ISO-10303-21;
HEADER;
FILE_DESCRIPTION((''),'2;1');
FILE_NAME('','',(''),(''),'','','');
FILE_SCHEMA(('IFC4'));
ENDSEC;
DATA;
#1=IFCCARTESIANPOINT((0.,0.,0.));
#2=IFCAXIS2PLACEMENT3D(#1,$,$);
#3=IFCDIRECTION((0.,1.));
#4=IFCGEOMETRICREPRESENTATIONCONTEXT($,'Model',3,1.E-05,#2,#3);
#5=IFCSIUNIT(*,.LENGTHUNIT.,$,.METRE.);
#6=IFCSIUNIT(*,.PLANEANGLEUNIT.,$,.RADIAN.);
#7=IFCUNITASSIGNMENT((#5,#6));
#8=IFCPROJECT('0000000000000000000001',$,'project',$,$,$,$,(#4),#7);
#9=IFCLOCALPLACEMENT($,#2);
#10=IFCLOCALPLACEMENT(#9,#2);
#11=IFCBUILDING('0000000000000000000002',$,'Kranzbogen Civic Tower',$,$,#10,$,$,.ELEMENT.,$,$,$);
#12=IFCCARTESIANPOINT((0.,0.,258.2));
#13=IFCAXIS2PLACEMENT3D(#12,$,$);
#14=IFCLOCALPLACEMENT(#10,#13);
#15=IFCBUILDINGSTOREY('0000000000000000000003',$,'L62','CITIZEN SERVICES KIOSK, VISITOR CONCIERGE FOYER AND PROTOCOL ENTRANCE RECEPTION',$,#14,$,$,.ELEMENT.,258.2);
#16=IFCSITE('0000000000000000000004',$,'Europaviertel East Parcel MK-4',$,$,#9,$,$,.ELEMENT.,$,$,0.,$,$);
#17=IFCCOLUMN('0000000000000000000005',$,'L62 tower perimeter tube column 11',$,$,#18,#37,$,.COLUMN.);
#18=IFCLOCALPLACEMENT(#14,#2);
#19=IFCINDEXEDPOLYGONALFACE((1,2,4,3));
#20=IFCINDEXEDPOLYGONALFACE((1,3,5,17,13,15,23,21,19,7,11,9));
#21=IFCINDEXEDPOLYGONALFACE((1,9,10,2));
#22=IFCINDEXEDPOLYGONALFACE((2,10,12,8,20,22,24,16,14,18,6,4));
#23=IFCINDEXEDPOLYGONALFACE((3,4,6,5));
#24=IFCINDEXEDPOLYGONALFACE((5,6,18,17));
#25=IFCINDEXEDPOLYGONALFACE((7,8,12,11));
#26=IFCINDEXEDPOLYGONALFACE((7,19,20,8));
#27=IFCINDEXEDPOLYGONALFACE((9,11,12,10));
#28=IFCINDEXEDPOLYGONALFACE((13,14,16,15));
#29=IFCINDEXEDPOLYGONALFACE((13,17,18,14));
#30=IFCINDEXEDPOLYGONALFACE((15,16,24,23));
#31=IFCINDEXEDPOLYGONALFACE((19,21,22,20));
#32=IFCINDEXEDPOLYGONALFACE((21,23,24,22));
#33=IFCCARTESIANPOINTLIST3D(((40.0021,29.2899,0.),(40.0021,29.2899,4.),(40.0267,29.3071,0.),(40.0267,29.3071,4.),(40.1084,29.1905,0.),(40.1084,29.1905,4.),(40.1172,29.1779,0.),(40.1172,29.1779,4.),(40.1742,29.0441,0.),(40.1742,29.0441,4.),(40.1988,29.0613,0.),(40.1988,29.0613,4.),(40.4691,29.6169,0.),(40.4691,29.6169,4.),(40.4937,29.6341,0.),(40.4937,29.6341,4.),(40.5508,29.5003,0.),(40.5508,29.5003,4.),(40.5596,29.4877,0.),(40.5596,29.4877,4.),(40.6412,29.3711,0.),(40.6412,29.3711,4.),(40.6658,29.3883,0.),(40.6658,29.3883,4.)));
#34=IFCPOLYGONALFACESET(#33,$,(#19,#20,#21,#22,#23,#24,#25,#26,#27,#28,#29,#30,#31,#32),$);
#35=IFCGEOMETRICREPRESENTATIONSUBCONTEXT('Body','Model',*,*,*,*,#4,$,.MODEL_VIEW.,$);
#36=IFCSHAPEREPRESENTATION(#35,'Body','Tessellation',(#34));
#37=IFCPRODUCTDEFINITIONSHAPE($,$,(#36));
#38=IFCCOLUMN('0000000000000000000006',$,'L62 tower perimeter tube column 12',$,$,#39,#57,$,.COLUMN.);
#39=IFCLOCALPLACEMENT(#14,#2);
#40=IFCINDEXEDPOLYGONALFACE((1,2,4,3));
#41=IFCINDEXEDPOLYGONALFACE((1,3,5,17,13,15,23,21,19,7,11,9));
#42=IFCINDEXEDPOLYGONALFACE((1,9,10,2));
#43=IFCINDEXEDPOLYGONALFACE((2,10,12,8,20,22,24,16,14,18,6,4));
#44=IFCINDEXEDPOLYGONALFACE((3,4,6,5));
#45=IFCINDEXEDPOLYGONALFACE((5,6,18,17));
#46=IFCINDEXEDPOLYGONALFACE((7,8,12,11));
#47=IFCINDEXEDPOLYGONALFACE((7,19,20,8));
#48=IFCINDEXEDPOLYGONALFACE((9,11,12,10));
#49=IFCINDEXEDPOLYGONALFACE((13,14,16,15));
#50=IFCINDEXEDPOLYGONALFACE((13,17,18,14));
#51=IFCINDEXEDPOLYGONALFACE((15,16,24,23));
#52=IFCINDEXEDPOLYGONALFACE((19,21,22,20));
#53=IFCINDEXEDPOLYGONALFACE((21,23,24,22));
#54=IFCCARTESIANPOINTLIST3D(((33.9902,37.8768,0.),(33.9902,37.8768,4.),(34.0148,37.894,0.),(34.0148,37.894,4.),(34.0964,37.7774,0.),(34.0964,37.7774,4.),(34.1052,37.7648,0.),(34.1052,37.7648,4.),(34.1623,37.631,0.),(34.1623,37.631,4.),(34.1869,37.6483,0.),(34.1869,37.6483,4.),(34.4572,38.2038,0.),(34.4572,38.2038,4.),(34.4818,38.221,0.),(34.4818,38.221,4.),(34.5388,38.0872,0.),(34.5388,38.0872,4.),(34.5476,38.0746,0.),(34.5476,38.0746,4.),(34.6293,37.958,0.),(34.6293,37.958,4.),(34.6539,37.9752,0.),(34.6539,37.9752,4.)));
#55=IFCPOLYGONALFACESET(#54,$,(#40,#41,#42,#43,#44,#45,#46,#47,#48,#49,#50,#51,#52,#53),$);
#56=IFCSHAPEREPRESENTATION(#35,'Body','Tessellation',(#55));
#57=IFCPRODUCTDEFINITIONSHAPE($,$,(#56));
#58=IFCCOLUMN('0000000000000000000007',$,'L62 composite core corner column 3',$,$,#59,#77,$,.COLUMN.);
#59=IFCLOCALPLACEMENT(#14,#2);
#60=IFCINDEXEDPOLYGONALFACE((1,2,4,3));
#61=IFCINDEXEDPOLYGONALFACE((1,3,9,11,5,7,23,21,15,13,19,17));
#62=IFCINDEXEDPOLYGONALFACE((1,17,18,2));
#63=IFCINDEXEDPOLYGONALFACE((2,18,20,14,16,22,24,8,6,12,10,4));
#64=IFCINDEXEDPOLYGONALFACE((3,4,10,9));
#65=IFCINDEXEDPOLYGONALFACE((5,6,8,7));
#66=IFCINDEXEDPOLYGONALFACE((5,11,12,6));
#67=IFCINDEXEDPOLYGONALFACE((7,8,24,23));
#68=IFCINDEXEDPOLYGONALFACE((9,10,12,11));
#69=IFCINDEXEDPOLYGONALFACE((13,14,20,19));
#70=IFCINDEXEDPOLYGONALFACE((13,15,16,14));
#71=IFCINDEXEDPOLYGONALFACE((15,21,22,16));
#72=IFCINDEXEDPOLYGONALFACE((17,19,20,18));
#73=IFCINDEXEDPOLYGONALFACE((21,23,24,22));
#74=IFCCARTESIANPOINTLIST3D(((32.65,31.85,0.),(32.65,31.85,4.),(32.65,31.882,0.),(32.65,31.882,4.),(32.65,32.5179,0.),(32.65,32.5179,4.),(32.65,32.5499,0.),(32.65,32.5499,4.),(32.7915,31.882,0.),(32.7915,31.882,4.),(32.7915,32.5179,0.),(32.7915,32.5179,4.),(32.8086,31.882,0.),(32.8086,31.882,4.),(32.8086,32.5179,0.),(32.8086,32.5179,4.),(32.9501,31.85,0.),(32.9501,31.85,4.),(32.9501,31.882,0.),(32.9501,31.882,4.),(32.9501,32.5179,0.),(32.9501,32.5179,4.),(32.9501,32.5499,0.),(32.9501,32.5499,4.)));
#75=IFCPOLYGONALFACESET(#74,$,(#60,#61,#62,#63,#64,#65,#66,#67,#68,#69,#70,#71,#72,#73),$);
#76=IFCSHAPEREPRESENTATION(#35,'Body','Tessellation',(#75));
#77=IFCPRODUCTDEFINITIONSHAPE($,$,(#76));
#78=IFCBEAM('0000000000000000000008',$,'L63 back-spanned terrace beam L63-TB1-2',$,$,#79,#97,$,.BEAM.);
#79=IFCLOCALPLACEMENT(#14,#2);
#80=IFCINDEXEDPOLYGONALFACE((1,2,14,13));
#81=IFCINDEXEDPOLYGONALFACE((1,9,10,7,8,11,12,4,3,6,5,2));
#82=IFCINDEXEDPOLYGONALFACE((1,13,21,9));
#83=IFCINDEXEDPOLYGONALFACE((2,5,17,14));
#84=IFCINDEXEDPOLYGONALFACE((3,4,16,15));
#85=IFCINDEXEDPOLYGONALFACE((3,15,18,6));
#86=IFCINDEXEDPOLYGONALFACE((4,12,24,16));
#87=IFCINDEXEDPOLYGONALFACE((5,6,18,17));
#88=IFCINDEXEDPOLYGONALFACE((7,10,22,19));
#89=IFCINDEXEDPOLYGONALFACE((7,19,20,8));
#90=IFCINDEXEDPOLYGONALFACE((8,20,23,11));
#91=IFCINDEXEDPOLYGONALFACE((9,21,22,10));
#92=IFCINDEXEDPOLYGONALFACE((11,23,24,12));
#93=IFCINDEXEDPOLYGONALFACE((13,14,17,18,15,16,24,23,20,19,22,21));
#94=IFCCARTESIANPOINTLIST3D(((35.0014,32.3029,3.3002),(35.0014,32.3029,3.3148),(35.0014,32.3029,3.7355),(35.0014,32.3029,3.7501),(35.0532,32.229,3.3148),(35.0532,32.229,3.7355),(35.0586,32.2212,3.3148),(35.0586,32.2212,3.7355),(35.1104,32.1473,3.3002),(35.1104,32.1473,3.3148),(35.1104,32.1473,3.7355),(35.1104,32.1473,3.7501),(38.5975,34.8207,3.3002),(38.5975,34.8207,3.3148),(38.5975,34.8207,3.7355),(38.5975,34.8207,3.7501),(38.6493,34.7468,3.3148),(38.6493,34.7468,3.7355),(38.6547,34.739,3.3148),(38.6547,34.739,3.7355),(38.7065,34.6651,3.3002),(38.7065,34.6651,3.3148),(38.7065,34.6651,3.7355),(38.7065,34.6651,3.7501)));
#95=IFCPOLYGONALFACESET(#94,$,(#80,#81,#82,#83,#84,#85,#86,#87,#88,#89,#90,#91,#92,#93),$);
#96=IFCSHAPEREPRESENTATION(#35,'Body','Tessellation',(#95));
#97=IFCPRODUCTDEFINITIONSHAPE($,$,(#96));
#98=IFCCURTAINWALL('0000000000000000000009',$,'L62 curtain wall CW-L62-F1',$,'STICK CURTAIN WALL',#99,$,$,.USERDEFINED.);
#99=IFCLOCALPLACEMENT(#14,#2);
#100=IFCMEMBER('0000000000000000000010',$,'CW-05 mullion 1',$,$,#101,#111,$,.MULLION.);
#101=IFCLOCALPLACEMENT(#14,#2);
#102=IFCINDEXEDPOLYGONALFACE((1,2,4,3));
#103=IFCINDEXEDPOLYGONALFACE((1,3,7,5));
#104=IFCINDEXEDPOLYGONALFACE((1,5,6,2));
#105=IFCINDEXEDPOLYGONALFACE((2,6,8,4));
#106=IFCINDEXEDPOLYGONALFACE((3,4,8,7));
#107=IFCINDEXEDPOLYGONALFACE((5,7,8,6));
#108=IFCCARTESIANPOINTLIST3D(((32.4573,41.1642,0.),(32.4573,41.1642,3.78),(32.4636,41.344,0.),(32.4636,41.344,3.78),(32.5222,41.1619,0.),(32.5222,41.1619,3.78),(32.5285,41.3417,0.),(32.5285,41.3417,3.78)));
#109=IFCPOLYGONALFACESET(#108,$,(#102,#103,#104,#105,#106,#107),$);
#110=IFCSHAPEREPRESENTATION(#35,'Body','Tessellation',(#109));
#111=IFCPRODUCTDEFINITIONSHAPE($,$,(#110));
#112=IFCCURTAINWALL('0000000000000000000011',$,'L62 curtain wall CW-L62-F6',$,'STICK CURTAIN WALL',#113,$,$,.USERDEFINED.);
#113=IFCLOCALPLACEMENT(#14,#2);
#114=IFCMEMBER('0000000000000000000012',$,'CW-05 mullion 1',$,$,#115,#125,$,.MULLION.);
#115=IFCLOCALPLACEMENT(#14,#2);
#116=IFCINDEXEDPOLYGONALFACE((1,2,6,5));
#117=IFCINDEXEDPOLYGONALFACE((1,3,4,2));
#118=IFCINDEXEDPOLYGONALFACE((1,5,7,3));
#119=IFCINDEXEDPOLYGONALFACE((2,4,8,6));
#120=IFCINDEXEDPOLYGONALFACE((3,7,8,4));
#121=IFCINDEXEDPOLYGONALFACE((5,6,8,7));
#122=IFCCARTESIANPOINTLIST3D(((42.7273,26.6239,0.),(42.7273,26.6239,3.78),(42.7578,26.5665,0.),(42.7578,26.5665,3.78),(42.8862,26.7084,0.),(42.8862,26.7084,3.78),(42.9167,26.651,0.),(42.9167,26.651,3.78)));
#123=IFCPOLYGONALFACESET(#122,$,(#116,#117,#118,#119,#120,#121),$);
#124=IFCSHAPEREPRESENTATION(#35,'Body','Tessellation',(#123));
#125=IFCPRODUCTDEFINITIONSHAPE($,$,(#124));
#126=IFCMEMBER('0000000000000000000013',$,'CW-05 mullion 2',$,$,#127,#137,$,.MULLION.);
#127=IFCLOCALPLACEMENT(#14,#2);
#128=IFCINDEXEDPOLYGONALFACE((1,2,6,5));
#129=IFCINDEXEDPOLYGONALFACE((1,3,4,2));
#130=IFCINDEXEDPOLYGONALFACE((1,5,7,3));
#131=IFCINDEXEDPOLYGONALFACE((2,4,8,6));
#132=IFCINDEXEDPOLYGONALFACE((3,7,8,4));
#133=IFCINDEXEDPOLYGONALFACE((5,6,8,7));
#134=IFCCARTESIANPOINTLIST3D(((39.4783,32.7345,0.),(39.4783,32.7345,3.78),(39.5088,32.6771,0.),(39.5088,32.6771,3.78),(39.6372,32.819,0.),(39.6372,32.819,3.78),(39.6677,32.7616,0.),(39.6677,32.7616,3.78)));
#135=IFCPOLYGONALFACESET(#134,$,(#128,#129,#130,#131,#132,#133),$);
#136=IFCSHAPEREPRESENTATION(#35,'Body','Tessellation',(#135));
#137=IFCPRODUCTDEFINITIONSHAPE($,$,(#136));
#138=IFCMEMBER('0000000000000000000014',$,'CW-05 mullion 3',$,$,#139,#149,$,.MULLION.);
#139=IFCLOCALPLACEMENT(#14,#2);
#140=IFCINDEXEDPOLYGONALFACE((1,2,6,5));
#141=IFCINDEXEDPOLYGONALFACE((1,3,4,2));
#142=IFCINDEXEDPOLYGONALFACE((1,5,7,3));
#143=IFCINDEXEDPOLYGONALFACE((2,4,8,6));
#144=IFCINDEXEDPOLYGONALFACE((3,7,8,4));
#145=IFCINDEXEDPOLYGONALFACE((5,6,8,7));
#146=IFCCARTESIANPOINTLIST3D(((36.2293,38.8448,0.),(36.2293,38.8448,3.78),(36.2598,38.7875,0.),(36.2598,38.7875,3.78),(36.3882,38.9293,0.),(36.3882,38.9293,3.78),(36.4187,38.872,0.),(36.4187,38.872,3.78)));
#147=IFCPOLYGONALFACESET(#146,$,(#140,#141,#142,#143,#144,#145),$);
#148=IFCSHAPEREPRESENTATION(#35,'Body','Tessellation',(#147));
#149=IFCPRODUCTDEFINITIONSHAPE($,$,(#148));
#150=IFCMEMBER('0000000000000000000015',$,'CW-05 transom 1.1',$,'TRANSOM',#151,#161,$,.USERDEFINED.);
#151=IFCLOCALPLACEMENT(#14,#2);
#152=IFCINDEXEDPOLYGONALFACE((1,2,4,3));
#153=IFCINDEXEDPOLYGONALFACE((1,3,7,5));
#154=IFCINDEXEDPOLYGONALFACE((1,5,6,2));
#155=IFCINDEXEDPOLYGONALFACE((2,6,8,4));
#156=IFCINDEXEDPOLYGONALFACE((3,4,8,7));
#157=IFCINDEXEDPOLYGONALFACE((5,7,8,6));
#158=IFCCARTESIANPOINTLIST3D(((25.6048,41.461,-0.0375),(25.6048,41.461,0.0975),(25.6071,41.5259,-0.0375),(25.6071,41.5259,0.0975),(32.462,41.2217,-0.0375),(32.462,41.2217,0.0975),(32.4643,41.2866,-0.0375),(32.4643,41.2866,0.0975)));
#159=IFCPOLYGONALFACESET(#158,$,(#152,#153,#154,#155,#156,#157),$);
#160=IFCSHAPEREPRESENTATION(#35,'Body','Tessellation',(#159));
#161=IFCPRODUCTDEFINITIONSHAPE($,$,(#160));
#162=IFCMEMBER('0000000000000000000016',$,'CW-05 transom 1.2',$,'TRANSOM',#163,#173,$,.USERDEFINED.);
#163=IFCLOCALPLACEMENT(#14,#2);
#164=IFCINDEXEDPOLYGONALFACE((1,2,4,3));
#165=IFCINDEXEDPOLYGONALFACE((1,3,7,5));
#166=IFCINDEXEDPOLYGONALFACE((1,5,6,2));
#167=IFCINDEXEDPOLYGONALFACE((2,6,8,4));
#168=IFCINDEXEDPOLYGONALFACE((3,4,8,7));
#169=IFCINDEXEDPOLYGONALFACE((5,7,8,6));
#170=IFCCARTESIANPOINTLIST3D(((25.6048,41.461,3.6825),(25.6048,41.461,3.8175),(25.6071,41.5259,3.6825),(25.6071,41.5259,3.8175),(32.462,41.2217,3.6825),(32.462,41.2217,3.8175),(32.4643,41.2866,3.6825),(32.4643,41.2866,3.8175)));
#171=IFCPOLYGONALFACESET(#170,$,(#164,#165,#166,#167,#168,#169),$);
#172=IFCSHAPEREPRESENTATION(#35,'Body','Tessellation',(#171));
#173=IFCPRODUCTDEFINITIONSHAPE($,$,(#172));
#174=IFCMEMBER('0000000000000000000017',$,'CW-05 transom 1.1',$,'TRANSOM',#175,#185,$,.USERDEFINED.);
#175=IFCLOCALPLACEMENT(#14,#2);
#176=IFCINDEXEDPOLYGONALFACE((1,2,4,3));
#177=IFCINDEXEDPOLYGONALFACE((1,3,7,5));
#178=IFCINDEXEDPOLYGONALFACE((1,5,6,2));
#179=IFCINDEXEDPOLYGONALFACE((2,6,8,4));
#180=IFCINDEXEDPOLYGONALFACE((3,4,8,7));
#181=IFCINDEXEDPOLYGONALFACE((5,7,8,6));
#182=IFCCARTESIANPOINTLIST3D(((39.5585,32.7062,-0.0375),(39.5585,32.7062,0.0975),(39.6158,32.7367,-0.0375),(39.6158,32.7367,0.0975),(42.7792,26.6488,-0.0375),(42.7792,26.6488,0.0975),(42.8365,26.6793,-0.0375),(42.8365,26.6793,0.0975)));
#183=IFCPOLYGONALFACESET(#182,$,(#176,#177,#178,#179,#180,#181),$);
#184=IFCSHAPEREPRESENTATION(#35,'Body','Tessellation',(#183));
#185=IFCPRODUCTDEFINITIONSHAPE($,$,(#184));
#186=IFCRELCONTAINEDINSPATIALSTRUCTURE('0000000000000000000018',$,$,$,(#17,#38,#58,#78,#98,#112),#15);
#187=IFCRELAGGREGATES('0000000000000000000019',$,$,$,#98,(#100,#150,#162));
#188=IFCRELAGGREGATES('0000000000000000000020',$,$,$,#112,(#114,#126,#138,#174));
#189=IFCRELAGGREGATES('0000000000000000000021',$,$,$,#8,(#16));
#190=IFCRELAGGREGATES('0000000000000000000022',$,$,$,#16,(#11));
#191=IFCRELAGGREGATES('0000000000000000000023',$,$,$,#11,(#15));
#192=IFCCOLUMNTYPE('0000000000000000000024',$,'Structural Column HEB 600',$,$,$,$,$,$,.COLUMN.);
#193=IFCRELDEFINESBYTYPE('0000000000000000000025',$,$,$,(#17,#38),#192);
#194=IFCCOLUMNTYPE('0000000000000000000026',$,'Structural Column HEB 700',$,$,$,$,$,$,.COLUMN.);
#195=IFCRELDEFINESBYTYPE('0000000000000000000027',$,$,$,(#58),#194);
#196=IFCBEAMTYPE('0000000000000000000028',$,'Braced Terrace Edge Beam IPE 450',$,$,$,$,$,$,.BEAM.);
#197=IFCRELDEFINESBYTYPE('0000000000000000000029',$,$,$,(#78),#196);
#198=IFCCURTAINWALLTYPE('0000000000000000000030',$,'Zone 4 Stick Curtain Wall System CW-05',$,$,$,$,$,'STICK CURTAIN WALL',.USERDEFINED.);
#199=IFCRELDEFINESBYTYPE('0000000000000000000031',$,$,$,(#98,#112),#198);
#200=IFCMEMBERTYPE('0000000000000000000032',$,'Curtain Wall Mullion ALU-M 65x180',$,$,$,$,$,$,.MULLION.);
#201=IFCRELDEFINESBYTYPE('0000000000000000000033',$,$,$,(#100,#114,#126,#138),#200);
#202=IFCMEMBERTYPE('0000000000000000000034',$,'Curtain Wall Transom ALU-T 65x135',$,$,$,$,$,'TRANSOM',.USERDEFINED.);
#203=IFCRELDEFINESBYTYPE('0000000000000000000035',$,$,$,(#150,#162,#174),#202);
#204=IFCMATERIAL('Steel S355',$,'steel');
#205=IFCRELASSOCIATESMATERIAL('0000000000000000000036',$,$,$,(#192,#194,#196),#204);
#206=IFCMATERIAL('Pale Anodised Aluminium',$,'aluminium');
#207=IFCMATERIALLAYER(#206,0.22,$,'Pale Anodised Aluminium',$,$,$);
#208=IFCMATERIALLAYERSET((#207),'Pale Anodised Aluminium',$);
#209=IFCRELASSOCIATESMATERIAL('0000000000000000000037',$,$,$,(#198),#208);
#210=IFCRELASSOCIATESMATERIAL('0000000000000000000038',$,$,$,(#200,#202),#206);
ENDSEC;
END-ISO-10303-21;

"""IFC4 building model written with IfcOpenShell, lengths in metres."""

from ifc_helpers import new_model, si_unit, direction, frame, origin, origin_2d, place, context, subcontext, project, spatial, rectangle, i_section, extrude, material, layer, layer_set, material_profile, profile_set, type_object, element, aggregate, save


model = new_model("IFC4")

# Units and contexts
model_context = context("Model", 3, precision=1e-05, world=origin(), true_north=direction((0.0, 1.0)))
body_context = subcontext(model_context, "Body", "Model", "MODEL_VIEW")
ifc_project = project(units=[si_unit("LENGTHUNIT", "METRE"), si_unit("PLANEANGLEUNIT", "RADIAN")], contexts=[model_context])

# Site, building, storey
site_placement = place(None, origin())
site = spatial("IfcSite", under=ifc_project, at=site_placement, Name="Europaviertel East Parcel MK-4", CompositionType="ELEMENT", RefElevation=0.0)
building_placement = place(site_placement, origin())
building = spatial("IfcBuilding", under=site, at=building_placement, Name="Kranzbogen Civic Tower", CompositionType="ELEMENT")
storey_placement = place(building_placement, frame((0.0, 0.0, 258.2)))
storey = spatial("IfcBuildingStorey", under=building, at=storey_placement, Name="L62", Description="CITIZEN SERVICES KIOSK, VISITOR CONCIERGE FOYER AND PROTOCOL ENTRANCE RECEPTION", CompositionType="ELEMENT", Elevation=258.2)

# Columns
ifc_material_1 = material(Name="Steel S355", Category="steel")
ifc_material_profile_1 = material_profile(ifc_material_1, i_section(OverallWidth=0.3, OverallDepth=0.6001, WebThickness=0.0154, FlangeThickness=0.03, at=origin_2d()), Name="HEB 600")
ifc_profile_set_1 = profile_set([ifc_material_profile_1], Name="Steel S355")
column_type_1 = type_object("IfcColumnType", Name="Structural Column HEB 600", PredefinedType="COLUMN", material=ifc_profile_set_1)
for number, where, z_axis, x_axis, name in (
    (1, (40.334, 29.3391, 0.0), (0.0, 0.0, 1.0), (-0.573576, 0.819152, 0.0), "L62 tower perimeter tube column 11"),
    (2, (34.322, 37.926, 0.0), (0.0, 0.0, 1.0), (-0.573576, 0.819152, 0.0), "L62 tower perimeter tube column 12"),
):
    element("IfcColumn", number, at=place(storey_placement, frame(where, z_axis=z_axis, x_axis=x_axis)), inside=storey, type_object=column_type_1, Name=name, PredefinedType="COLUMN", context=body_context, shape_type="SweptSolid", body=[
        extrude(i_section(OverallWidth=0.3, OverallDepth=0.6001, WebThickness=0.0154, FlangeThickness=0.03, at=origin_2d()), origin(), (0.0, 0.0, 1.0), 4.0),
    ])
ifc_material_profile_2 = material_profile(ifc_material_1, i_section(OverallWidth=0.3, OverallDepth=0.7, WebThickness=0.0171, FlangeThickness=0.032, at=origin_2d()), Name="HEB 700")
ifc_profile_set_2 = profile_set([ifc_material_profile_2], Name="Steel S355")
column_type_2 = type_object("IfcColumnType", Name="Structural Column HEB 700", PredefinedType="COLUMN", material=ifc_profile_set_2)
column_placement = place(storey_placement, frame((32.8, 32.2, 0.0), z_axis=(0.0, 0.0, 1.0), x_axis=(1.0, 0.0, 0.0)))
element("IfcColumn", 3, at=column_placement, inside=storey, type_object=column_type_2, Name="L62 composite core corner column 3", PredefinedType="COLUMN", context=body_context, shape_type="SweptSolid", body=[
    extrude(i_section(OverallWidth=0.3, OverallDepth=0.7, WebThickness=0.0171, FlangeThickness=0.032, at=origin_2d()), origin(), (0.0, 0.0, 1.0), 4.0),
])

# Beam
ifc_material_profile_3 = material_profile(ifc_material_1, i_section(OverallWidth=0.1899, OverallDepth=0.45, WebThickness=0.0095, FlangeThickness=0.0146, at=origin_2d()), Name="IPE 450")
ifc_profile_set_3 = profile_set([ifc_material_profile_3], Name="Steel S355")
beam_type_1 = type_object("IfcBeamType", Name="Braced Terrace Edge Beam IPE 450", PredefinedType="BEAM", material=ifc_profile_set_3)
beam_1_placement = place(storey_placement, frame((35.0559, 32.2251, 3.5251), z_axis=(0.81918, 0.573537, 0.0), x_axis=(-0.573537, 0.81918, 0.0)))
element("IfcBeam", 4, at=beam_1_placement, inside=storey, type_object=beam_type_1, Name="L63 back-spanned terrace beam L63-TB1-2", PredefinedType="BEAM", context=body_context, shape_type="SweptSolid", body=[
    extrude(i_section(OverallWidth=0.1899, OverallDepth=0.45, WebThickness=0.0095, FlangeThickness=0.0146, at=origin_2d()), origin(), (0.0, 0.0, 1.0), 4.3899),
])

# Curtain wall, member
ifc_material_2 = material(Name="Pale Anodised Aluminium", Category="aluminium")
ifc_layer_1 = layer(ifc_material_2, 0.22, Name="Pale Anodised Aluminium")
ifc_layer_set_1 = layer_set([ifc_layer_1], Name="Pale Anodised Aluminium")
curtain_wall_type = type_object("IfcCurtainWallType", Name="Zone 4 Stick Curtain Wall System CW-05", ElementType="STICK CURTAIN WALL", PredefinedType="USERDEFINED", material=ifc_layer_set_1)
curtain_wall_1_placement = place(storey_placement, origin())
curtain_wall_1 = element("IfcCurtainWall", 5, at=curtain_wall_1_placement, inside=storey, type_object=curtain_wall_type, Name="L62 curtain wall CW-L62-F1", ObjectType="STICK CURTAIN WALL", PredefinedType="USERDEFINED")
ifc_material_profile_4 = material_profile(ifc_material_2, rectangle(XDim=0.0649, YDim=0.1799, at=origin_2d()), Name="ALU-M 65x180")
ifc_profile_set_4 = profile_set([ifc_material_profile_4], Name="Pale Anodised Aluminium")
member_type_1 = type_object("IfcMemberType", Name="Curtain Wall Mullion ALU-M 65x180", PredefinedType="MULLION", material=ifc_profile_set_4)
member_1_placement = place(storey_placement, frame((32.4929, 41.2529, 0.0), z_axis=(0.0, 0.0, 1.0), x_axis=(-0.999391, 0.034886, 0.0)))
member_1 = element("IfcMember", 6, at=member_1_placement, type_object=member_type_1, Name="CW-05 mullion 1", PredefinedType="MULLION", context=body_context, shape_type="SweptSolid", body=[
    extrude(rectangle(XDim=0.0649, YDim=0.1799, at=origin_2d()), origin(), (0.0, 0.0, 1.0), 3.78),
])

# Curtain wall, members
curtain_wall_2_placement = place(storey_placement, origin())
curtain_wall_2 = element("IfcCurtainWall", 7, at=curtain_wall_2_placement, inside=storey, type_object=curtain_wall_type, Name="L62 curtain wall CW-L62-F6", ObjectType="STICK CURTAIN WALL", PredefinedType="USERDEFINED")
member_2_placement = place(storey_placement, frame((42.822, 26.6375, 0.0), z_axis=(0.0, 0.0, 1.0), x_axis=(-0.46946, 0.882954, 0.0)))
member_2 = element("IfcMember", 8, at=member_2_placement, type_object=member_type_1, Name="CW-05 mullion 1", PredefinedType="MULLION", context=body_context, shape_type="SweptSolid", body=[
    extrude(rectangle(XDim=0.0649, YDim=0.1799, at=origin_2d()), origin(), (0.0, 0.0, 1.0), 3.78),
])
member_3_placement = place(storey_placement, frame((39.573, 32.748, 0.0), z_axis=(0.0, 0.0, 1.0), x_axis=(-0.46946, 0.882954, 0.0)))
member_3 = element("IfcMember", 9, at=member_3_placement, type_object=member_type_1, Name="CW-05 mullion 2", PredefinedType="MULLION", context=body_context, shape_type="SweptSolid", body=[
    extrude(rectangle(XDim=0.0649, YDim=0.1799, at=origin_2d()), origin(), (0.0, 0.0, 1.0), 3.78),
])
member_4_placement = place(storey_placement, frame((36.324, 38.8584, 0.0), z_axis=(0.0, 0.0, 1.0), x_axis=(-0.46946, 0.882954, 0.0)))
member_4 = element("IfcMember", 10, at=member_4_placement, type_object=member_type_1, Name="CW-05 mullion 3", PredefinedType="MULLION", context=body_context, shape_type="SweptSolid", body=[
    extrude(rectangle(XDim=0.0649, YDim=0.1799, at=origin_2d()), origin(), (0.0, 0.0, 1.0), 3.78),
])

# Members
ifc_material_profile_5 = material_profile(ifc_material_2, rectangle(XDim=0.0649, YDim=0.135, at=origin_2d()), Name="ALU-T 65x135")
ifc_profile_set_5 = profile_set([ifc_material_profile_5], Name="Pale Anodised Aluminium")
member_type_2 = type_object("IfcMemberType", Name="Curtain Wall Transom ALU-T 65x135", ElementType="TRANSOM", PredefinedType="USERDEFINED", material=ifc_profile_set_5)
member_5_placement = place(storey_placement, frame((32.4631, 41.2542, 0.03), z_axis=(-0.999392, 0.03487, 0.0), x_axis=(-0.03487, -0.999392, 0.0)))
member_5 = element("IfcMember", 11, at=member_5_placement, type_object=member_type_2, Name="CW-05 transom 1.1", ObjectType="TRANSOM", PredefinedType="USERDEFINED", context=body_context, shape_type="SweptSolid", body=[
    extrude(rectangle(XDim=0.0649, YDim=0.135, at=origin_2d()), origin(), (0.0, 0.0, 1.0), 6.8613),
])
member_6_placement = place(storey_placement, frame((32.4631, 41.2542, 3.75), z_axis=(-0.999392, 0.03487, 0.0), x_axis=(-0.03487, -0.999392, 0.0)))
member_6 = element("IfcMember", 12, at=member_6_placement, type_object=member_type_2, Name="CW-05 transom 1.2", ObjectType="TRANSOM", PredefinedType="USERDEFINED", context=body_context, shape_type="SweptSolid", body=[
    extrude(rectangle(XDim=0.0649, YDim=0.135, at=origin_2d()), origin(), (0.0, 0.0, 1.0), 6.8613),
])
aggregate(curtain_wall_1, [member_1, member_5, member_6])
member_7_placement = place(storey_placement, frame((42.8079, 26.6641, 0.03), z_axis=(-0.469465, 0.882951, 0.0), x_axis=(-0.882951, -0.469465, 0.0)))
member_7 = element("IfcMember", 13, at=member_7_placement, type_object=member_type_2, Name="CW-05 transom 1.1", ObjectType="TRANSOM", PredefinedType="USERDEFINED", context=body_context, shape_type="SweptSolid", body=[
    extrude(rectangle(XDim=0.0649, YDim=0.135, at=origin_2d()), origin(), (0.0, 0.0, 1.0), 6.8604),
])

aggregate(curtain_wall_2, [member_2, member_3, member_4, member_7])

save(model, "model.ifc")
